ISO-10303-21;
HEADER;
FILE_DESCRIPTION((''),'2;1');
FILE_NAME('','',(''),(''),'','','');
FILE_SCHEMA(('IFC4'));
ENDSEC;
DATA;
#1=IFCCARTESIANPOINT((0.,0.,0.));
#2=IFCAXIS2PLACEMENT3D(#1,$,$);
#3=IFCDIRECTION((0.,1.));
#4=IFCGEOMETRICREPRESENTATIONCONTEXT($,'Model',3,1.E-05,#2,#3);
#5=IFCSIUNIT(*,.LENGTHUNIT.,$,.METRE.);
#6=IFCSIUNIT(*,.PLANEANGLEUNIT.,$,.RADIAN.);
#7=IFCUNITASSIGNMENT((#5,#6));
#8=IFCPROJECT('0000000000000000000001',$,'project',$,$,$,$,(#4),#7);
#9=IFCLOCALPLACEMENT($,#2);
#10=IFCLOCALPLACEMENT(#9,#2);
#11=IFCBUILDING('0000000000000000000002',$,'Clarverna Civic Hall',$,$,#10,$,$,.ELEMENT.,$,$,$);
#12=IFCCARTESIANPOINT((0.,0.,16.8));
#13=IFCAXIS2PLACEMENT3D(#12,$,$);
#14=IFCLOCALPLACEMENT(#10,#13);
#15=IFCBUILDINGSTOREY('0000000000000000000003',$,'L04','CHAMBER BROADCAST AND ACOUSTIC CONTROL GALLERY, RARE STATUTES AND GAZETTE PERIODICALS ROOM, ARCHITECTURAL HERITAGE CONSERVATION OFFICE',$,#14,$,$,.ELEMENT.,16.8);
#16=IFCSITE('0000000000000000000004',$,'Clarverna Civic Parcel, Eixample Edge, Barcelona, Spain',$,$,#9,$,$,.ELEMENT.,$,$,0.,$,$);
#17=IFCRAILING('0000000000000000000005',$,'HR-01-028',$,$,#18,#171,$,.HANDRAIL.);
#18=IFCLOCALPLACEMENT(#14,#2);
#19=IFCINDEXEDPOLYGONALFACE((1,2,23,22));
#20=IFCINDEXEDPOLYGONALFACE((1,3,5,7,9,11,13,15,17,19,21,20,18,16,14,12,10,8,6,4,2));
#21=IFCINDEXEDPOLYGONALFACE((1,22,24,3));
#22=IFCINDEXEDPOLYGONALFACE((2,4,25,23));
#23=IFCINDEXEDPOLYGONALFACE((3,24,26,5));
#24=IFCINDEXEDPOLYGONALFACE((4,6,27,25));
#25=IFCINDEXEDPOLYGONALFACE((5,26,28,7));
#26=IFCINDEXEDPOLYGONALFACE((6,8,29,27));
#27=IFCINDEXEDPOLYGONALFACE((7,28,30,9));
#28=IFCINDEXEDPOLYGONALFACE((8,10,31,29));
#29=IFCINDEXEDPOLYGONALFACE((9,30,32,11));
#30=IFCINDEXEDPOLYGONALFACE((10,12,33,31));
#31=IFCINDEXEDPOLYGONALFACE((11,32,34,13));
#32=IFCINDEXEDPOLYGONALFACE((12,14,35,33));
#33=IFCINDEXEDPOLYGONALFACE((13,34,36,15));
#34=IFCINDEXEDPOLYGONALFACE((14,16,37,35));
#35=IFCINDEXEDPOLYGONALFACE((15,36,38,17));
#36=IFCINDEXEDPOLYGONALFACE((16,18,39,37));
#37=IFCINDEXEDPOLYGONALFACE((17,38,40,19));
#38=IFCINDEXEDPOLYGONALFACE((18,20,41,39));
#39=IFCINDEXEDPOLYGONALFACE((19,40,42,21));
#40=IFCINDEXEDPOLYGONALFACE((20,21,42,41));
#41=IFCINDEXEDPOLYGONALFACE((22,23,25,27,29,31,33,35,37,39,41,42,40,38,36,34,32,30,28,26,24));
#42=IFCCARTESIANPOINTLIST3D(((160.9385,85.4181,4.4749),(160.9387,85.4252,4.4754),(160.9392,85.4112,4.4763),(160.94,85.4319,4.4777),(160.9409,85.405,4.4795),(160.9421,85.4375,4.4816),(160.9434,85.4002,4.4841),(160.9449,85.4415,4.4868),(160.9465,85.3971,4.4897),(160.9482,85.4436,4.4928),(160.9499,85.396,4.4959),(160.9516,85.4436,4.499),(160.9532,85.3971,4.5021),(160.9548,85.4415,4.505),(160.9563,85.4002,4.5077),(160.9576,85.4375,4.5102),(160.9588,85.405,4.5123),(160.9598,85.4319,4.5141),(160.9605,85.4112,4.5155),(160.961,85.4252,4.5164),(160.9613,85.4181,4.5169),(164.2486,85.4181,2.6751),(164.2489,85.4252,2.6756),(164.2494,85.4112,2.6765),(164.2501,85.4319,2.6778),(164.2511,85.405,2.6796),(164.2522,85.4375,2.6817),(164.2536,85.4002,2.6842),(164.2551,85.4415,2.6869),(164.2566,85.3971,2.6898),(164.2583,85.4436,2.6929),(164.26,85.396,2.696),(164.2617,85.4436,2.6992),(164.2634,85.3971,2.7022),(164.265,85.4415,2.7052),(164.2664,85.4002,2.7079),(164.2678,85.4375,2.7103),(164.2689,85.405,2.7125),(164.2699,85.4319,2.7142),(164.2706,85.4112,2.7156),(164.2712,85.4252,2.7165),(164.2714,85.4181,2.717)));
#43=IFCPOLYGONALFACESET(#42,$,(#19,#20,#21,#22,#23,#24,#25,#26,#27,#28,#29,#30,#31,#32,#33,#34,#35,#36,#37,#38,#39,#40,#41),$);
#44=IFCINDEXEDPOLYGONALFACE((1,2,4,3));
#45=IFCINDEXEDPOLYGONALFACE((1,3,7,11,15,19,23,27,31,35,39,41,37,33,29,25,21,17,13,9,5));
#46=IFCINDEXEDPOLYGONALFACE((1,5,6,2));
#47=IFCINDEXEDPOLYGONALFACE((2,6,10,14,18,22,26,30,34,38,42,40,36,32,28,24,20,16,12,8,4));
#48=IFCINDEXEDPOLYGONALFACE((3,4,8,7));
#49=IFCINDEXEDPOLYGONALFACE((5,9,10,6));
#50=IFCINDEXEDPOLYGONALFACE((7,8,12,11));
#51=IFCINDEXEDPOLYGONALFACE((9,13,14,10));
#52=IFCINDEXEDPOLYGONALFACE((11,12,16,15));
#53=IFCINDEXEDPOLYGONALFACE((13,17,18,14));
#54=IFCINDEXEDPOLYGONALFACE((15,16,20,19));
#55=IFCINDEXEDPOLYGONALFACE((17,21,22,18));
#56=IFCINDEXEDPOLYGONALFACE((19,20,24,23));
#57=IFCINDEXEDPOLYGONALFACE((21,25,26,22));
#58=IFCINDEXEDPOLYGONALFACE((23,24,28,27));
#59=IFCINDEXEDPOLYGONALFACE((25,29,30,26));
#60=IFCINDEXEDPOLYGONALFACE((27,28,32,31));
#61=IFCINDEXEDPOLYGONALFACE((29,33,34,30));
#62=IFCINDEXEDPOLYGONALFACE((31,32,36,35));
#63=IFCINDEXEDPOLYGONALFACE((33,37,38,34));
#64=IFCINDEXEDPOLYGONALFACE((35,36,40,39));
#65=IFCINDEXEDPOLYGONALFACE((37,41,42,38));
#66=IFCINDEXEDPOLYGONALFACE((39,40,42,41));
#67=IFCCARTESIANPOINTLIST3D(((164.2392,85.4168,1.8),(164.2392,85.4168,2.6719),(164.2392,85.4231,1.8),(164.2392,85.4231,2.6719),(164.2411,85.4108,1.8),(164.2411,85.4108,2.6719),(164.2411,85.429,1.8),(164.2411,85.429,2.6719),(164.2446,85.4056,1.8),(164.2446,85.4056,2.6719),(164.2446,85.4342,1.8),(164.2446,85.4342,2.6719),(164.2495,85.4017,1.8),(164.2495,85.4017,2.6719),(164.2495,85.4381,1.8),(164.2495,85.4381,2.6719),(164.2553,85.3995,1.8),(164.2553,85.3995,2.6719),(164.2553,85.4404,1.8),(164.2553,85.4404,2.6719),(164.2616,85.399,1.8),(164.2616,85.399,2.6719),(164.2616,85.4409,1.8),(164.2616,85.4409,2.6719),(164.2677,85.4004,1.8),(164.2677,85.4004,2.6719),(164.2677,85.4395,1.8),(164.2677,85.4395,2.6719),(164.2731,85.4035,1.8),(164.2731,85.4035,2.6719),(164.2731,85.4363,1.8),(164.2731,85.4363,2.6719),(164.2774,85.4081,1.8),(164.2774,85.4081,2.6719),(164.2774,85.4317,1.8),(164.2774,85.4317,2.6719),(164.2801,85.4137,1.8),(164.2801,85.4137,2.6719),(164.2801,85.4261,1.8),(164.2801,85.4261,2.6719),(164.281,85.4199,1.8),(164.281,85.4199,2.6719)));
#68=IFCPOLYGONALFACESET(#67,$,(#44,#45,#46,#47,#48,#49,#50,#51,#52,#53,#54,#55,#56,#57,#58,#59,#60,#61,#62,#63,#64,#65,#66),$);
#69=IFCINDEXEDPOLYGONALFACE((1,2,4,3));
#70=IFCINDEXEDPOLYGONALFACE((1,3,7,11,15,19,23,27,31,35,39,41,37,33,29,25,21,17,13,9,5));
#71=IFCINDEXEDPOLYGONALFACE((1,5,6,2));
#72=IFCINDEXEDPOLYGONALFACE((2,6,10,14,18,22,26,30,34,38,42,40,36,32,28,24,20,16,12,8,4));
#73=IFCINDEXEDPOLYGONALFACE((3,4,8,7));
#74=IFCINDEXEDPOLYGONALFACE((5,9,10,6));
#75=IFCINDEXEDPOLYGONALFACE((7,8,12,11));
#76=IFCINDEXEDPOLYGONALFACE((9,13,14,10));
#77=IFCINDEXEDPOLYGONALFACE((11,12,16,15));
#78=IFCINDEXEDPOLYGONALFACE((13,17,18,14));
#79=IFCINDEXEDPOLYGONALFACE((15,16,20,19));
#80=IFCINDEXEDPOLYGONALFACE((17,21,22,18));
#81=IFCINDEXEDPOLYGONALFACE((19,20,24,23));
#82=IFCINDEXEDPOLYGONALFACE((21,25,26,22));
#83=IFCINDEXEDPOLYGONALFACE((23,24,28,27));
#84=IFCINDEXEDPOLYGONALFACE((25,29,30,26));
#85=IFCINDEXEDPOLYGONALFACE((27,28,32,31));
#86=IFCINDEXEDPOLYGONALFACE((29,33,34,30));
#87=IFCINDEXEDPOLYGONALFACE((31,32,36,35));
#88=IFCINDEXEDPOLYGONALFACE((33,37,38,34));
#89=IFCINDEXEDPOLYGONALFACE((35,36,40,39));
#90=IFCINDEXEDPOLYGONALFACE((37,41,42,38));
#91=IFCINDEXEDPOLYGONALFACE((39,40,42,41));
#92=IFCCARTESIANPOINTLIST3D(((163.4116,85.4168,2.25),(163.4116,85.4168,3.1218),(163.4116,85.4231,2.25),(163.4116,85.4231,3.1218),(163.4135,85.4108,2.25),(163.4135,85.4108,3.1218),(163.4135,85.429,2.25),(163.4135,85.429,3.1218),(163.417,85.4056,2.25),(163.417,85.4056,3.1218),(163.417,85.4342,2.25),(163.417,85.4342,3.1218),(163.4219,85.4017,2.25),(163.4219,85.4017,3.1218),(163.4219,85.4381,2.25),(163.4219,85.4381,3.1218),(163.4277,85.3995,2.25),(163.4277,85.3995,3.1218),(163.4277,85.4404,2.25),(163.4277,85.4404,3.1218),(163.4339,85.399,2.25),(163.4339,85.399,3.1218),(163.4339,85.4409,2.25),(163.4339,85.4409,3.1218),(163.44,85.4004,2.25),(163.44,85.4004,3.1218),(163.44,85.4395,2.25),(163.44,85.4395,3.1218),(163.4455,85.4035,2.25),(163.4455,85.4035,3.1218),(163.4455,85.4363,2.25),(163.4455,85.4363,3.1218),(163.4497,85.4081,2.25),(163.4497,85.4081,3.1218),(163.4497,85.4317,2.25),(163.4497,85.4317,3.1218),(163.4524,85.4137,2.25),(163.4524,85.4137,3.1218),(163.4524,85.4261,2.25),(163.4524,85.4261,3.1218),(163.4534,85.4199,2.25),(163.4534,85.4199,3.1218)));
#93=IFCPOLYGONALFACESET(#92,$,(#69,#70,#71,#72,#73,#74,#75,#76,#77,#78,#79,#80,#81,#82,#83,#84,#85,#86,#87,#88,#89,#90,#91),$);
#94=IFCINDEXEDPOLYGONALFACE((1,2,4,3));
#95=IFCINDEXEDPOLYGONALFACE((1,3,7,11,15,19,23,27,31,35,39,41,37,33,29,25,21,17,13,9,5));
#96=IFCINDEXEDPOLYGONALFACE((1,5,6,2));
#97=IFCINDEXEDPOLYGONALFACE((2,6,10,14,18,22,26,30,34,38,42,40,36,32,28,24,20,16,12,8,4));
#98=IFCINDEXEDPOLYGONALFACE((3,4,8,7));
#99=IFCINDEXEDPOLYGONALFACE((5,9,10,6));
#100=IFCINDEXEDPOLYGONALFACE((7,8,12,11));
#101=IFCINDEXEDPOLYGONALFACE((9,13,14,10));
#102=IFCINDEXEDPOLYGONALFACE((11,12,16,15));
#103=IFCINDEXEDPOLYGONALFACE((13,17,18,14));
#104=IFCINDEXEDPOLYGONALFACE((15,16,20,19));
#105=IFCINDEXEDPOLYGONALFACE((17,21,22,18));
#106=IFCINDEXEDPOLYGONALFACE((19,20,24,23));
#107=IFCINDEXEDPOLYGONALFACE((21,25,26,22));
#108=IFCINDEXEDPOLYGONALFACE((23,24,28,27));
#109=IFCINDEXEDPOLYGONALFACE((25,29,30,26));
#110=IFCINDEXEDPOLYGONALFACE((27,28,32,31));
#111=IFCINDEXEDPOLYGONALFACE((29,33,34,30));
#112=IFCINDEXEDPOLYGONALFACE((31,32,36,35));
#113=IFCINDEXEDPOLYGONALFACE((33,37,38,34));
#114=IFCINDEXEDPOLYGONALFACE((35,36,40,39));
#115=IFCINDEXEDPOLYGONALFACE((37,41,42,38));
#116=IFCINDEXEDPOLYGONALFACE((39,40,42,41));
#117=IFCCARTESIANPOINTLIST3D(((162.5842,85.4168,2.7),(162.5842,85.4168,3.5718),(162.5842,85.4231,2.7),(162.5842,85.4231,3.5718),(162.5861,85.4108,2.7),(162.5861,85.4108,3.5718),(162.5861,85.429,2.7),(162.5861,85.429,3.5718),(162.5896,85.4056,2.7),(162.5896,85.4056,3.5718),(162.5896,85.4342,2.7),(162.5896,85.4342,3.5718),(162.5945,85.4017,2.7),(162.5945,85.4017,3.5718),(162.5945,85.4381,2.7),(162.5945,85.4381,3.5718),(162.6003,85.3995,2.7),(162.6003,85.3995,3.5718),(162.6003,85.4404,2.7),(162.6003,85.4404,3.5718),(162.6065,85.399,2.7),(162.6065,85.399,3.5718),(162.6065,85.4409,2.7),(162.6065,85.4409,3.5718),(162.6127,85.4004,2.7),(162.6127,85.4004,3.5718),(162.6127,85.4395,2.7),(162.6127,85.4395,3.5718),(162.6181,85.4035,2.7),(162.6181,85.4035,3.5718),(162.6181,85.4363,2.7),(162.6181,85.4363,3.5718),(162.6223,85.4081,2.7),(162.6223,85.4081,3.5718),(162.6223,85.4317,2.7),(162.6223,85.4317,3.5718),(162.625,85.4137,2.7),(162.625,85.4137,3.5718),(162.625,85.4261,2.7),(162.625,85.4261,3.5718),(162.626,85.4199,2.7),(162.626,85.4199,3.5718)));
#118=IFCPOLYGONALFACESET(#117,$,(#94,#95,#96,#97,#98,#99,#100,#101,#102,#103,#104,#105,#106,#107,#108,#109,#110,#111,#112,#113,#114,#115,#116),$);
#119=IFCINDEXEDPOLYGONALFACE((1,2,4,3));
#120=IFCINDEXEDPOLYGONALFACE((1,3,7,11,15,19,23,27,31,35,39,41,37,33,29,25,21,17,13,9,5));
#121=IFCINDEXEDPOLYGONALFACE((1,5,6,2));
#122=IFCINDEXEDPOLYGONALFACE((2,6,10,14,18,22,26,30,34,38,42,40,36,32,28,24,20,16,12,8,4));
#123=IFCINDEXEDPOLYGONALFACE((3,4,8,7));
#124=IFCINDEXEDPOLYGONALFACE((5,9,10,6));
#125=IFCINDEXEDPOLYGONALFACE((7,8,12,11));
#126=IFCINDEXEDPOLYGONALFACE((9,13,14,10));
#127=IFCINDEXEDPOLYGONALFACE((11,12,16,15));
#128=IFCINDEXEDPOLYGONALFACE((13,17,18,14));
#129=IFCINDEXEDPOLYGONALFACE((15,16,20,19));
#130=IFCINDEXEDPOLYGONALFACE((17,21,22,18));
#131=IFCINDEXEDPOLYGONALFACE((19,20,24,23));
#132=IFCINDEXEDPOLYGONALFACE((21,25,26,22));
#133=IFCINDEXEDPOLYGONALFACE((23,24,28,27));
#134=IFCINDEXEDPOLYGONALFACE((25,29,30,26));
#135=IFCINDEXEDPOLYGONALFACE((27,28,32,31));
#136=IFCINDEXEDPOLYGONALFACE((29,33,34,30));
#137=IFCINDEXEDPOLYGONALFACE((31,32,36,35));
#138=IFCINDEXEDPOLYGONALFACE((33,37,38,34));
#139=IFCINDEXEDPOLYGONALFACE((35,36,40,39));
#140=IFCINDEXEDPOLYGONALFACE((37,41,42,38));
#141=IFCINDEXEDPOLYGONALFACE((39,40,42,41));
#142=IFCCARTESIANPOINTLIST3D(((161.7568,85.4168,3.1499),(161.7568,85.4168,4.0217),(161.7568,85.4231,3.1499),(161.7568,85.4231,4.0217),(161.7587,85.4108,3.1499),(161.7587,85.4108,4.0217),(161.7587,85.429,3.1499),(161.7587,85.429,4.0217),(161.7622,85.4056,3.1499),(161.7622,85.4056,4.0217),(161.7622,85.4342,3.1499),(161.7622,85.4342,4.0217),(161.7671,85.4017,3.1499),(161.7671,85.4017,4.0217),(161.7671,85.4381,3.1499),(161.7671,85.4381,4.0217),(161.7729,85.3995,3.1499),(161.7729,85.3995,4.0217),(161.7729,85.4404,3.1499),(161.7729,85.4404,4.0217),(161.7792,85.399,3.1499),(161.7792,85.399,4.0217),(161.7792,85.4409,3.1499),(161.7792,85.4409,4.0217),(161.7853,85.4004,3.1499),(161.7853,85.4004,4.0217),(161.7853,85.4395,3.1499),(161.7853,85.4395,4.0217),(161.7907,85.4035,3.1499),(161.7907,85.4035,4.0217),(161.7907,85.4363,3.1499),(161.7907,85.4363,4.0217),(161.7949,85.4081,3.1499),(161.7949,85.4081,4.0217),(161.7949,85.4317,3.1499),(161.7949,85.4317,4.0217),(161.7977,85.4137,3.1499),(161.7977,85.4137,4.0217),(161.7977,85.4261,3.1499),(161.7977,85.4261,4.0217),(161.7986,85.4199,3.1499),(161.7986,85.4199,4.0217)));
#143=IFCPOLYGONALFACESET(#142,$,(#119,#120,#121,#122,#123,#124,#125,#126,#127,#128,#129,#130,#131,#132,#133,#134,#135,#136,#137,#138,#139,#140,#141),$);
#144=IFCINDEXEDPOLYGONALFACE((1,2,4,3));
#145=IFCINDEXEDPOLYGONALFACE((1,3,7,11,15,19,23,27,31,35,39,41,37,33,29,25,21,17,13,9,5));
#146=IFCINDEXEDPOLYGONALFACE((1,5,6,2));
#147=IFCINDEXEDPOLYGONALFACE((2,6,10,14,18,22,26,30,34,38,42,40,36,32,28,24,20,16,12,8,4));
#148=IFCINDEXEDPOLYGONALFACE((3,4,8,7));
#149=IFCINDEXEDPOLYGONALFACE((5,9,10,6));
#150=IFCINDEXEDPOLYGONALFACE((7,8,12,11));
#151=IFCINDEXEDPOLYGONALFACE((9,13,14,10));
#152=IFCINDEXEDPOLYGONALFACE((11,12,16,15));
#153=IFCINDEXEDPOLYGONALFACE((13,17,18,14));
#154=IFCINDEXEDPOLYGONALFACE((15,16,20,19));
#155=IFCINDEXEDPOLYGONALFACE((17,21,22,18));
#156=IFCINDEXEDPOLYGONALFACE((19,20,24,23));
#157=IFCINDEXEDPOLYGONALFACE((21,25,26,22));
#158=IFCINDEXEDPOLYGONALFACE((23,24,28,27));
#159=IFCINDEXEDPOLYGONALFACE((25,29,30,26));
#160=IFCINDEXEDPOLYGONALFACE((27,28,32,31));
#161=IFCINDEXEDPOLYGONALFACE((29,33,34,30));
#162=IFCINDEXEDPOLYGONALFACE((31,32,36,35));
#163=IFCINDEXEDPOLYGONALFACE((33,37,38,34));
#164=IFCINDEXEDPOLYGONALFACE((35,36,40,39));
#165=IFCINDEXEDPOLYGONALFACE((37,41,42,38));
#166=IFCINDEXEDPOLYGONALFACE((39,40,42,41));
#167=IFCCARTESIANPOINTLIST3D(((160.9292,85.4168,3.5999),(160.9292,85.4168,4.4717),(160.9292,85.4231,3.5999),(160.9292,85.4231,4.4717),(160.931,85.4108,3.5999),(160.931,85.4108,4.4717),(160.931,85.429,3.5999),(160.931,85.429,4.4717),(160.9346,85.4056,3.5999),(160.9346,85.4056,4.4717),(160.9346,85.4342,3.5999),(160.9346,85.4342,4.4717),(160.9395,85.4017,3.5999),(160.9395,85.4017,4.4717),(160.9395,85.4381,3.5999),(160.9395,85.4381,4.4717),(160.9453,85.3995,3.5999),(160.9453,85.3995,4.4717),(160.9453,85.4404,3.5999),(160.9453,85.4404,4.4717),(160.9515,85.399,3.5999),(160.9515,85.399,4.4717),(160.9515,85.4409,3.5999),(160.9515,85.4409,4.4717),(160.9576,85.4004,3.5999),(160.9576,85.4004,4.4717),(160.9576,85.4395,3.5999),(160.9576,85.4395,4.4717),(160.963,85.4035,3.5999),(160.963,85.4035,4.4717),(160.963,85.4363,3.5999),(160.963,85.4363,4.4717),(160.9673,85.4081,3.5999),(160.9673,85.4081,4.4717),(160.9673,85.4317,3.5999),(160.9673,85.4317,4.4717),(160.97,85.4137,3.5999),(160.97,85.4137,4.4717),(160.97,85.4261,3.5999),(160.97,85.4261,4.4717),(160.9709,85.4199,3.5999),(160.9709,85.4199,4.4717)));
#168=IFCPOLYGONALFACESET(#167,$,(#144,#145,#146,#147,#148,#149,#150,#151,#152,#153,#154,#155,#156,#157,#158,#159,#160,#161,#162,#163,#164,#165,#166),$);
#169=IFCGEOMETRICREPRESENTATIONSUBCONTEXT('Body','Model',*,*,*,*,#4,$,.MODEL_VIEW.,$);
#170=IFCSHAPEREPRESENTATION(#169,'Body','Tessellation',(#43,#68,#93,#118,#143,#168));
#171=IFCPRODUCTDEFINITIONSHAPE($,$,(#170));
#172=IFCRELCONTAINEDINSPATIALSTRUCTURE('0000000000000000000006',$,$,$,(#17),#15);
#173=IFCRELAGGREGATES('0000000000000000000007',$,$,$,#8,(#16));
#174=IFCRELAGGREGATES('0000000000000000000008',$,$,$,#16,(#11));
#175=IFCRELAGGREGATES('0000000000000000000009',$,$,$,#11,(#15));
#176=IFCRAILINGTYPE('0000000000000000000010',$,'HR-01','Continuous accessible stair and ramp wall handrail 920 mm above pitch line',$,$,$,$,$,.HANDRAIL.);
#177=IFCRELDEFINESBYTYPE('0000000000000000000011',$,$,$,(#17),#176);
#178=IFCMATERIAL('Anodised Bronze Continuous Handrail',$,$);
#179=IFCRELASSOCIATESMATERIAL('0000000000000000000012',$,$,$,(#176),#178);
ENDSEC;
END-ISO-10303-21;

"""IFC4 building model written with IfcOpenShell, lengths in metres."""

from ifc_helpers import new_model, si_unit, direction, frame, origin, origin_2d, place, context, subcontext, project, spatial, circle, extrude, material, type_object, element, save


model = new_model("IFC4")

# Units and contexts
model_context = context("Model", 3, precision=1e-05, world=origin(), true_north=direction((0.0, 1.0)))
body_context = subcontext(model_context, "Body", "Model", "MODEL_VIEW")
ifc_project = project(units=[si_unit("LENGTHUNIT", "METRE"), si_unit("PLANEANGLEUNIT", "RADIAN")], contexts=[model_context])

# Site, building, storey
site_placement = place(None, origin())
site = spatial("IfcSite", under=ifc_project, at=site_placement, Name="Clarverna Civic Parcel, Eixample Edge, Barcelona, Spain", CompositionType="ELEMENT", RefElevation=0.0)
building_placement = place(site_placement, origin())
building = spatial("IfcBuilding", under=site, at=building_placement, Name="Clarverna Civic Hall", CompositionType="ELEMENT")
storey_placement = place(building_placement, frame((0.0, 0.0, 16.8)))
storey = spatial("IfcBuildingStorey", under=building, at=storey_placement, Name="L04", Description="CHAMBER BROADCAST AND ACOUSTIC CONTROL GALLERY, RARE STATUTES AND GAZETTE PERIODICALS ROOM, ARCHITECTURAL HERITAGE CONSERVATION OFFICE", CompositionType="ELEMENT", Elevation=16.8)

# Railing
ifc_material_1 = material(Name="Anodised Bronze Continuous Handrail")
railing_type_1 = type_object("IfcRailingType", Name="HR-01", Description="Continuous accessible stair and ramp wall handrail 920 mm above pitch line", PredefinedType="HANDRAIL", material=ifc_material_1)
railing_1_placement = place(storey_placement, frame((164.26, 85.4199, 1.8)))
element("IfcRailing", 1, at=railing_1_placement, inside=storey, type_object=railing_type_1, Name="HR-01-028", PredefinedType="HANDRAIL", context=body_context, shape_type="SweptSolid", body=[
    extrude(circle(Radius=0.0239, at=origin_2d()), frame((0.0, 0.0, 0.896), z_axis=(-0.878529, 0.0, 0.477689), x_axis=(0.0, -1.0, 0.0)), (0.0, 0.0, 1.0), 3.7678),
    extrude(circle(Radius=0.021, at=origin_2d()), origin(), (0.0, 0.0, 1.0), 0.8718),
    extrude(circle(Radius=0.021, at=origin_2d()), frame((-0.8276, 0.0, 0.45)), (0.0, 0.0, 1.0), 0.8718),
    extrude(circle(Radius=0.021, at=origin_2d()), frame((-1.655, 0.0, 0.8999)), (0.0, 0.0, 1.0), 0.8718),
    extrude(circle(Radius=0.021, at=origin_2d()), frame((-2.4824, 0.0, 1.3499)), (0.0, 0.0, 1.0), 0.8718),
    extrude(circle(Radius=0.021, at=origin_2d()), frame((-3.3101, 0.0, 1.7998)), (0.0, 0.0, 1.0), 0.8718),
])

save(model, "model.ifc")
